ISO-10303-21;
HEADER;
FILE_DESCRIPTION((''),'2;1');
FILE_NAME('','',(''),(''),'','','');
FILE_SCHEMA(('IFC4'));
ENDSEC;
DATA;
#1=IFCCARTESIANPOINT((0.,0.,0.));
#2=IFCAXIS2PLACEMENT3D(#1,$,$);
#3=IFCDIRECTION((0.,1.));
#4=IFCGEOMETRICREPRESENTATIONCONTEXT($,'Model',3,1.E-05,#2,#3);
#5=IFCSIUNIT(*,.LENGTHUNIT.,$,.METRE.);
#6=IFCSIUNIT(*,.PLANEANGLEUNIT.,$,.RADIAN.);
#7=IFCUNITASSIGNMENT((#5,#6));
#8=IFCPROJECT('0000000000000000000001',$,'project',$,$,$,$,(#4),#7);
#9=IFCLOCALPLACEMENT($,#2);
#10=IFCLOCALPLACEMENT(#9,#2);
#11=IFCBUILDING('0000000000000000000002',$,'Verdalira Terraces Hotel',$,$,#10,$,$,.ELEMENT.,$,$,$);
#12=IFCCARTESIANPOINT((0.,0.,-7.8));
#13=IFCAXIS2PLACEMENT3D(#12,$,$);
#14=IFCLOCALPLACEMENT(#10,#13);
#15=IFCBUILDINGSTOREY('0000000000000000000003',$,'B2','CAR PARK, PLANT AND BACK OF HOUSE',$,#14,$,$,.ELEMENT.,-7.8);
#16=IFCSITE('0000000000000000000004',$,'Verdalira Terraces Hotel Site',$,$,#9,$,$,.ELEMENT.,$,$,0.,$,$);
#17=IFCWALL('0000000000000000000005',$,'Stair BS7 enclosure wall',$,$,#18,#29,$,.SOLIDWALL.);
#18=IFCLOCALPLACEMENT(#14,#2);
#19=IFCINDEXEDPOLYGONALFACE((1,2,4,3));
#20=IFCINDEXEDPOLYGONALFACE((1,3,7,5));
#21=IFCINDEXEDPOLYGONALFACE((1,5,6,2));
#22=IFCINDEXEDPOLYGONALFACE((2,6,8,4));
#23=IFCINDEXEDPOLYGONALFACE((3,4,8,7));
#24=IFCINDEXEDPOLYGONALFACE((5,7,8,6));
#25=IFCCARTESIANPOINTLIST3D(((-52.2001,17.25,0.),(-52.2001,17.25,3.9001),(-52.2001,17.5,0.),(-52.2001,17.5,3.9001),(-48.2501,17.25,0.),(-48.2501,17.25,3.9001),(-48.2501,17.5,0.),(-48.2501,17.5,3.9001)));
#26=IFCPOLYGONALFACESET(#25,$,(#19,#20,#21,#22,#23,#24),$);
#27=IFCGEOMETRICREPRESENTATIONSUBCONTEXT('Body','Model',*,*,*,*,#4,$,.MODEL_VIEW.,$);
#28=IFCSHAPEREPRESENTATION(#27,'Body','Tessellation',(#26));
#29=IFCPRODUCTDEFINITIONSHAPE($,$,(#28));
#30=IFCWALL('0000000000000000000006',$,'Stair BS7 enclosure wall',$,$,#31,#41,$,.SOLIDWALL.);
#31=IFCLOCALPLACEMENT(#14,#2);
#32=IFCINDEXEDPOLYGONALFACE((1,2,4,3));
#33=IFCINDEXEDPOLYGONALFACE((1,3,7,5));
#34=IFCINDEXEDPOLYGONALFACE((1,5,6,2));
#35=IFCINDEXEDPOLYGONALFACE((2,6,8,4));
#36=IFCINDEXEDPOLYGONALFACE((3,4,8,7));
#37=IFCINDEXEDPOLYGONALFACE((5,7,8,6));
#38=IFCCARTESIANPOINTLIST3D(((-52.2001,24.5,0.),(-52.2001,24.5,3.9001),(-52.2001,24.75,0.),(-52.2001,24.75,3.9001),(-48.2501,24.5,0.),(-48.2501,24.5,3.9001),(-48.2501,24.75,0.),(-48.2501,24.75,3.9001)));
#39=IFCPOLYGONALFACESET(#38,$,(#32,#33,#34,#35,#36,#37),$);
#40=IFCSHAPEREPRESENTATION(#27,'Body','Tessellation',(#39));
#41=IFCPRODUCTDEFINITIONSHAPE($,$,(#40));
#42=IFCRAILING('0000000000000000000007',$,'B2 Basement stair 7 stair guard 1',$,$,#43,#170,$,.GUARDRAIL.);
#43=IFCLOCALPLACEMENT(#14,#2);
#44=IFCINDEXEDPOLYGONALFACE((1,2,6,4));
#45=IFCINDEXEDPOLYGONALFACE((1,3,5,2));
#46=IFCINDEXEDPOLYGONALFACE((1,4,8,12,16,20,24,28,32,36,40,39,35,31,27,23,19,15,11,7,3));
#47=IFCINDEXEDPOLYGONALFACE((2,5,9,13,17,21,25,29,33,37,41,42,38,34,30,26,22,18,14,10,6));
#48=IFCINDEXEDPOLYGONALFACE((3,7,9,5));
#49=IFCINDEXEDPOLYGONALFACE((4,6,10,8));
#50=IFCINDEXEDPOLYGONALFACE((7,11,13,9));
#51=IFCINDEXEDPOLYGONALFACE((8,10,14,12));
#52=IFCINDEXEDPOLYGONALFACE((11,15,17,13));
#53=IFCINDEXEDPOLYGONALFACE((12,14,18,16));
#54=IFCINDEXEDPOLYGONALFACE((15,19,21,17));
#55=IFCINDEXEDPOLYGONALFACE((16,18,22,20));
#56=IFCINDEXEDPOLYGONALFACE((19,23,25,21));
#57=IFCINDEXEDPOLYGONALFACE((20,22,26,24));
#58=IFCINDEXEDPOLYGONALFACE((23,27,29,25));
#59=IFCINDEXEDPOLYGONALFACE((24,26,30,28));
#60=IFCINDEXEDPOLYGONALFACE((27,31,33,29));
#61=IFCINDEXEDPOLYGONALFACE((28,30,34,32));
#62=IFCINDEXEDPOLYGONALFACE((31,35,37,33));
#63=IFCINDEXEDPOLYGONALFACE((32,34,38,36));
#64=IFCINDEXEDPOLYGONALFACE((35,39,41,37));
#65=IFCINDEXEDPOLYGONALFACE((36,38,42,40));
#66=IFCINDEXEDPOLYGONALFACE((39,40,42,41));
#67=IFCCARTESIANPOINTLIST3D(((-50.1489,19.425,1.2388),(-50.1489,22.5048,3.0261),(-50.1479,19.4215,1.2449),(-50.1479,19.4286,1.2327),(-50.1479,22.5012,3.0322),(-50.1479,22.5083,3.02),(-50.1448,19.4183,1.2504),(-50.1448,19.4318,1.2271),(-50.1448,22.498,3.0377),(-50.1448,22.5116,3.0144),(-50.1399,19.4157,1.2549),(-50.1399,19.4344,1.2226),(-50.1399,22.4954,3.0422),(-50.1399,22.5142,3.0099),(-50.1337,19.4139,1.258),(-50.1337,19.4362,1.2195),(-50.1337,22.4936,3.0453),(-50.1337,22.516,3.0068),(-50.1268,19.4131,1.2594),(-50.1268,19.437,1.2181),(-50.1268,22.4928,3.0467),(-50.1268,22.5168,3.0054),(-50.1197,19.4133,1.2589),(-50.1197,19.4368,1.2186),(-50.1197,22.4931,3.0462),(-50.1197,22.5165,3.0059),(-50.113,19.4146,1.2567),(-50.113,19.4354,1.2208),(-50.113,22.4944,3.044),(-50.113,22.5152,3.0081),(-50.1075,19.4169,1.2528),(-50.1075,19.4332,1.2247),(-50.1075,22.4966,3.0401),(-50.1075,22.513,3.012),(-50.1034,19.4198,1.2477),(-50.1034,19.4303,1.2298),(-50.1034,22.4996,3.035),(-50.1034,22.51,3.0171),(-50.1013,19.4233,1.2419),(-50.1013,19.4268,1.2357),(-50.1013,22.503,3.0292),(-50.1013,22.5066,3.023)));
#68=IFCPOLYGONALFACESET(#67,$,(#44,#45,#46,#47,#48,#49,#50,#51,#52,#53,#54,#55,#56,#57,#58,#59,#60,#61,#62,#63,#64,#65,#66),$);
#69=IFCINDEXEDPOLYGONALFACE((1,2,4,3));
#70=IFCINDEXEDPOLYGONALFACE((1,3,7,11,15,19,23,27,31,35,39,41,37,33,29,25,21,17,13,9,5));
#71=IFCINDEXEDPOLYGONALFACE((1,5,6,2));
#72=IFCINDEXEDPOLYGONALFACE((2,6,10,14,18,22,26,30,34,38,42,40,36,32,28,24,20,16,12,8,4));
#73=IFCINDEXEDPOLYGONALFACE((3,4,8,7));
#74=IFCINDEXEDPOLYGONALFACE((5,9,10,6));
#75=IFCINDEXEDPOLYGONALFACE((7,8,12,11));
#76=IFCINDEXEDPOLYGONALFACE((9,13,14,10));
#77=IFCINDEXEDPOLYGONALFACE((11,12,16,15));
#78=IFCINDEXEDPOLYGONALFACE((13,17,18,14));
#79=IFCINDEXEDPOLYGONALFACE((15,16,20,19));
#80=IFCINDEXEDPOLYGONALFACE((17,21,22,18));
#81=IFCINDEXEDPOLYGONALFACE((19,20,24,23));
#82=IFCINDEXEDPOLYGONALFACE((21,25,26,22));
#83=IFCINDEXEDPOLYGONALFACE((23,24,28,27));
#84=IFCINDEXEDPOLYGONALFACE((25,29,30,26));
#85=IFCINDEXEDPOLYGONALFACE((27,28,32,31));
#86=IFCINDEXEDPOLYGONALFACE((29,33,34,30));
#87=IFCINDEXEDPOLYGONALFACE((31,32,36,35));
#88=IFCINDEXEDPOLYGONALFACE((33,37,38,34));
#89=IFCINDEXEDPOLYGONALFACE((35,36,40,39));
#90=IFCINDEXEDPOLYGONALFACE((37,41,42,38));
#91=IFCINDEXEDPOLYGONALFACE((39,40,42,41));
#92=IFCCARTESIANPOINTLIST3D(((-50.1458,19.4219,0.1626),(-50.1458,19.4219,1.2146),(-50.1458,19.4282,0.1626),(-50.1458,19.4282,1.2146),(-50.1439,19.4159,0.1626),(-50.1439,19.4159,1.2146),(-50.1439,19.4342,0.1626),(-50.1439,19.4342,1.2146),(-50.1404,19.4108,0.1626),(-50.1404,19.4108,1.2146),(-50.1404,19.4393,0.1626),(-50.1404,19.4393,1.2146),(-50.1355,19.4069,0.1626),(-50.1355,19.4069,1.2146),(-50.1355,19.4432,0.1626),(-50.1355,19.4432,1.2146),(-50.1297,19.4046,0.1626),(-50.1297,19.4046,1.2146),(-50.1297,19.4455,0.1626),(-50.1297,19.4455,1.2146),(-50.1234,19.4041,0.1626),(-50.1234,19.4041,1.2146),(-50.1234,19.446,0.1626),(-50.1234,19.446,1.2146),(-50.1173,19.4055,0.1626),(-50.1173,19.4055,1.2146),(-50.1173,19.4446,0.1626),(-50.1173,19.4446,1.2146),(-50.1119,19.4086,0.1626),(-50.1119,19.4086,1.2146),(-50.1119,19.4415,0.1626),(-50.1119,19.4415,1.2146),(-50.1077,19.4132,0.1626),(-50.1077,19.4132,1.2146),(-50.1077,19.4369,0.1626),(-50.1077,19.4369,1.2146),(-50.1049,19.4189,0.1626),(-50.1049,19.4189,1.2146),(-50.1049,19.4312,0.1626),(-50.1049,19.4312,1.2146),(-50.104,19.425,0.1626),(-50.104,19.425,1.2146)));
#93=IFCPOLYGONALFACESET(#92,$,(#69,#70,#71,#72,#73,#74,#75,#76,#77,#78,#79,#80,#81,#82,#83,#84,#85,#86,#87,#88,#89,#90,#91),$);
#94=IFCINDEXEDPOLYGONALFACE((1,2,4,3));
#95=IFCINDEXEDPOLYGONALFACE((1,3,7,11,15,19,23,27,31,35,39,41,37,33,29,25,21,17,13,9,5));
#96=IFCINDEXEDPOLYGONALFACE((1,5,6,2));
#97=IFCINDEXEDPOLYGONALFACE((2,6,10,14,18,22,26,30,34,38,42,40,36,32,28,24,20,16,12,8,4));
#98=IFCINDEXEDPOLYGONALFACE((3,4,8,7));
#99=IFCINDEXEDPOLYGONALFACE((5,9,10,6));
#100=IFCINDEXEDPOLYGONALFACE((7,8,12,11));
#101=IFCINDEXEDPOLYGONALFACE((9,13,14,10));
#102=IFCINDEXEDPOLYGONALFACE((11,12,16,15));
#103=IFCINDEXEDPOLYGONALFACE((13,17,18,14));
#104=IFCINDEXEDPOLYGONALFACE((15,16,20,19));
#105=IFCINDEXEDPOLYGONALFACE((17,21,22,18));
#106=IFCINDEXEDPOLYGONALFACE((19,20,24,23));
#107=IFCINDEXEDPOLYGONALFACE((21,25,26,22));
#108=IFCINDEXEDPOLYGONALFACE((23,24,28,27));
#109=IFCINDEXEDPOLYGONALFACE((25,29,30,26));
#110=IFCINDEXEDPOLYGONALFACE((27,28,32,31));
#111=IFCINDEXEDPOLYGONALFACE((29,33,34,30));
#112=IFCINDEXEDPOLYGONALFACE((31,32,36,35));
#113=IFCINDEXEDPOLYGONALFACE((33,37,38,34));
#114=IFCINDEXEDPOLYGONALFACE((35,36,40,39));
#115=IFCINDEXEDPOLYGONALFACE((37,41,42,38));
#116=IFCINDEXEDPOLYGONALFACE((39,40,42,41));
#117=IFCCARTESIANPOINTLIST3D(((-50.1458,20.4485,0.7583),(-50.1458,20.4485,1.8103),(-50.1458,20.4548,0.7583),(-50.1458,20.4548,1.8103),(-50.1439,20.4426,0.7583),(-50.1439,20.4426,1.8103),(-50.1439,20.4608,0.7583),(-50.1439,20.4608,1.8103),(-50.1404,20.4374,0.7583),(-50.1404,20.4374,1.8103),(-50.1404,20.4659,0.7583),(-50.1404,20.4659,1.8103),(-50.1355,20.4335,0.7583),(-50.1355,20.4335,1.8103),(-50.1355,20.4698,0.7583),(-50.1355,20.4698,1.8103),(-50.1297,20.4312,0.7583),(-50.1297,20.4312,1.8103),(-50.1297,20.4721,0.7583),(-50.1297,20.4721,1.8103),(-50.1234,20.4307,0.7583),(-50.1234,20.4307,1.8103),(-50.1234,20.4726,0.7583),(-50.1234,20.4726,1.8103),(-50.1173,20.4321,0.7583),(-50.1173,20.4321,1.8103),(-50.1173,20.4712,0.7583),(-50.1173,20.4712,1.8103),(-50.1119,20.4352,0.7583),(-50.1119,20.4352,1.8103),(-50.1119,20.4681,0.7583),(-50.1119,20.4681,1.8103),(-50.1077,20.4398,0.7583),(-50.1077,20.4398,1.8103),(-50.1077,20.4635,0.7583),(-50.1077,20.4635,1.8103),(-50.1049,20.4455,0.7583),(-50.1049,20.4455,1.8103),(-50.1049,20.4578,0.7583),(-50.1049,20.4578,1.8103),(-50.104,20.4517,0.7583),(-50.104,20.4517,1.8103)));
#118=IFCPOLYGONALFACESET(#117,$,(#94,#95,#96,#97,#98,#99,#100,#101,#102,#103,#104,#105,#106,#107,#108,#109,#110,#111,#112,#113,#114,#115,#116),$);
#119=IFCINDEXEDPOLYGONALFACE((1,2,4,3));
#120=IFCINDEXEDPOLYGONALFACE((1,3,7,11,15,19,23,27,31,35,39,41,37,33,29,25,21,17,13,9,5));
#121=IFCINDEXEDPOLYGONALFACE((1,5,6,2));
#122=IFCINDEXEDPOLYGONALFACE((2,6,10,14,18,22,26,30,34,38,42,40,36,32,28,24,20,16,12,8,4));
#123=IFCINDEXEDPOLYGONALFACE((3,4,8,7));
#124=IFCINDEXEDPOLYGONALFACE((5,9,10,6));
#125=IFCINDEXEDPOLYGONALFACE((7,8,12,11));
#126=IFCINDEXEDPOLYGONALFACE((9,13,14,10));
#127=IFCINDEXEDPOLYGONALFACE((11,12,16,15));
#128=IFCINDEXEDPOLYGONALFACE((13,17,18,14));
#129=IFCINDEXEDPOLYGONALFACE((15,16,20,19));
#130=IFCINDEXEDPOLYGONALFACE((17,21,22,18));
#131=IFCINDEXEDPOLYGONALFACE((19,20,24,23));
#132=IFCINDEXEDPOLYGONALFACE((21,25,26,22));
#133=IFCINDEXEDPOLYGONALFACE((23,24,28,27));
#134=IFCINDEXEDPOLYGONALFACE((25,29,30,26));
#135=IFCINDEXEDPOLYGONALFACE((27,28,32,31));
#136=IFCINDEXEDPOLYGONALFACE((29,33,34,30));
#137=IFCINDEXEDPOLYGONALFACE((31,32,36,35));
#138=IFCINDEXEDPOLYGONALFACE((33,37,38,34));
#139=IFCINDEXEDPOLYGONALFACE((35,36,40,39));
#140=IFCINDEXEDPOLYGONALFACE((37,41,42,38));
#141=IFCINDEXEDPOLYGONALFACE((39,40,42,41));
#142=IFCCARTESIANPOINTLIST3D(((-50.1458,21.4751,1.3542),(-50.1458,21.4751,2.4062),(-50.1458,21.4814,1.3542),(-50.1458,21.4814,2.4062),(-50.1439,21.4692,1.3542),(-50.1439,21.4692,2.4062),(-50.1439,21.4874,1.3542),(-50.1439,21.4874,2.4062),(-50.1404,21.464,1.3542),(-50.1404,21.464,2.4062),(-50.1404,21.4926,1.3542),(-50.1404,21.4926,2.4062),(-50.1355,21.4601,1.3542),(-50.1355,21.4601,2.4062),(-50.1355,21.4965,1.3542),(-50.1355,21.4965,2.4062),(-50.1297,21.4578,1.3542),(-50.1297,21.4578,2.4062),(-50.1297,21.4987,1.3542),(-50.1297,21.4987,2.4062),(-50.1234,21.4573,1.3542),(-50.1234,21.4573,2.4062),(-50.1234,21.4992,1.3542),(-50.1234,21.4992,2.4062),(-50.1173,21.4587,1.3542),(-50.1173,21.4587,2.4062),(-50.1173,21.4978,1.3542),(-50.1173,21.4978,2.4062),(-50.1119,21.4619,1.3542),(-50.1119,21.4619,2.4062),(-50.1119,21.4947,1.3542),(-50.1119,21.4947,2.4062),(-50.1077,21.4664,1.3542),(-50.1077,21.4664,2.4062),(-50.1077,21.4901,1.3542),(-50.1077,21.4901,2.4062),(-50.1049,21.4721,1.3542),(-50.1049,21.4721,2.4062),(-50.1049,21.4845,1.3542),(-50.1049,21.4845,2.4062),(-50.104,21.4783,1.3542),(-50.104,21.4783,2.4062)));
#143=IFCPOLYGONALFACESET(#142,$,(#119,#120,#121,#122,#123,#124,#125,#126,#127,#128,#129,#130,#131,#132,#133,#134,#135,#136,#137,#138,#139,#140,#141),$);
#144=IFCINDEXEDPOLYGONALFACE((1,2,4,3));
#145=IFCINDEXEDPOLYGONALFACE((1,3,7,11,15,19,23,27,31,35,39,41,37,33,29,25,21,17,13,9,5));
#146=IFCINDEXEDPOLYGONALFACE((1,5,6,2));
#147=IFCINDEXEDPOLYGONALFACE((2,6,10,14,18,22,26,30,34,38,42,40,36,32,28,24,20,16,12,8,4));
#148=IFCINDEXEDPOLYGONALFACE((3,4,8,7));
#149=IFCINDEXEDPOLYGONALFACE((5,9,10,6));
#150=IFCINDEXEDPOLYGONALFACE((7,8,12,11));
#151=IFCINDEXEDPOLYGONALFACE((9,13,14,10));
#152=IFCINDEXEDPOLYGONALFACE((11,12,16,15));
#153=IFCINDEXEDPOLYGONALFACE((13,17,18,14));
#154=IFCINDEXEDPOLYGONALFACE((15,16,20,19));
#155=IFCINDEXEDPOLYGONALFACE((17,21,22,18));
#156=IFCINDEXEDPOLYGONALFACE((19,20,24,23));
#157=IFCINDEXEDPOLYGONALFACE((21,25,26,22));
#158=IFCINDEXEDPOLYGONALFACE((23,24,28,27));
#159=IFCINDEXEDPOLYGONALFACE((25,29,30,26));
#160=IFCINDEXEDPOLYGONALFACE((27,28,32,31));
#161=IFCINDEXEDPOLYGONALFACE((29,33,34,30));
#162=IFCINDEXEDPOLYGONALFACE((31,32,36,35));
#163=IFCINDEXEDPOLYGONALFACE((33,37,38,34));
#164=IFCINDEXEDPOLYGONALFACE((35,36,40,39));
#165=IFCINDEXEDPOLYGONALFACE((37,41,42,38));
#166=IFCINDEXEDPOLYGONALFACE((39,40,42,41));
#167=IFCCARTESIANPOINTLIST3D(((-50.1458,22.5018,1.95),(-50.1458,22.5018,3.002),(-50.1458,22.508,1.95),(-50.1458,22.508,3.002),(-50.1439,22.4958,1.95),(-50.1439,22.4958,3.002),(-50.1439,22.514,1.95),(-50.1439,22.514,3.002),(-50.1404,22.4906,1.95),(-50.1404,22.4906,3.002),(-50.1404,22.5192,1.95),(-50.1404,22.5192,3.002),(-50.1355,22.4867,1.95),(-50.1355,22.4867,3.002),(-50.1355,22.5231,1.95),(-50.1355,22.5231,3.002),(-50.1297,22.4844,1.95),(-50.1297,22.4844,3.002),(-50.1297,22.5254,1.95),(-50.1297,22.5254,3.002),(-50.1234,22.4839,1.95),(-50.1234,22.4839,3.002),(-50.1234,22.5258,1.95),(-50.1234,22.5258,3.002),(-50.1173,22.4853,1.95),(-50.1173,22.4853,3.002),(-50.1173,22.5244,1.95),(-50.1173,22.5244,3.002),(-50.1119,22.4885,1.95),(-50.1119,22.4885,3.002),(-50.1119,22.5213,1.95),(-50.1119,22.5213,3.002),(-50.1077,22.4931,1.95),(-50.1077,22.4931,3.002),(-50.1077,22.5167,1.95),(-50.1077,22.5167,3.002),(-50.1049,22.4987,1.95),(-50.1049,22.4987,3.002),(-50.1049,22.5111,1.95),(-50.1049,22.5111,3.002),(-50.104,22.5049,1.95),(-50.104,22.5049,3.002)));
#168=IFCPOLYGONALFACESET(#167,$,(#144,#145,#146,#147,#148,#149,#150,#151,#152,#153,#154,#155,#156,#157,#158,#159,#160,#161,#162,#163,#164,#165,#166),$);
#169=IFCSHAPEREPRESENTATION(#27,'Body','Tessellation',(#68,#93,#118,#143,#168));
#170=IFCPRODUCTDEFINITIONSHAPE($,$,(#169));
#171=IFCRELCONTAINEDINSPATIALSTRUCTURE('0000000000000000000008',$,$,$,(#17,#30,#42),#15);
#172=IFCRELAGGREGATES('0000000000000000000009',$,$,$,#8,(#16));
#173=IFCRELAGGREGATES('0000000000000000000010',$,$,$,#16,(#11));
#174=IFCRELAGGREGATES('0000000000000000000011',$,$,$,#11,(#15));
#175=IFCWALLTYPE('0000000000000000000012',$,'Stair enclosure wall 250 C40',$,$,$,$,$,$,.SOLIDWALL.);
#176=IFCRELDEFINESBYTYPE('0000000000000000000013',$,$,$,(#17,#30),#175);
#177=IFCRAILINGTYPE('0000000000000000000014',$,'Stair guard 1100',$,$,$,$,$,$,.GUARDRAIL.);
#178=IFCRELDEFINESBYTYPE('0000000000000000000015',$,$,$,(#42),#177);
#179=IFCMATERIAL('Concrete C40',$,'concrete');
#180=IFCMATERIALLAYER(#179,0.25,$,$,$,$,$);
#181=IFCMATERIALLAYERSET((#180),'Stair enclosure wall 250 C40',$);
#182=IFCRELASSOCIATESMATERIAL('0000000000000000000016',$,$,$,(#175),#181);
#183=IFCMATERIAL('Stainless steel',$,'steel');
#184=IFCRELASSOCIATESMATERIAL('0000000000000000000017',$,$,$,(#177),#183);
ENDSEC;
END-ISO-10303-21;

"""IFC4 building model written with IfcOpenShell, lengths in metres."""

from ifc_helpers import new_model, si_unit, direction, frame, frame_2d, origin, origin_2d, place, context, subcontext, project, spatial, rectangle, circle, extrude, material, layer, layer_set, type_object, element, save


model = new_model("IFC4")

# Units and contexts
model_context = context("Model", 3, precision=1e-05, world=origin(), true_north=direction((0.0, 1.0)))
body_context = subcontext(model_context, "Body", "Model", "MODEL_VIEW")
ifc_project = project(units=[si_unit("LENGTHUNIT", "METRE"), si_unit("PLANEANGLEUNIT", "RADIAN")], contexts=[model_context])

# Site, building, storey
site_placement = place(None, origin())
site = spatial("IfcSite", under=ifc_project, at=site_placement, Name="Verdalira Terraces Hotel Site", CompositionType="ELEMENT", RefElevation=0.0)
building_placement = place(site_placement, origin())
building = spatial("IfcBuilding", under=site, at=building_placement, Name="Verdalira Terraces Hotel", CompositionType="ELEMENT")
storey_placement = place(building_placement, frame((0.0, 0.0, -7.8)))
storey = spatial("IfcBuildingStorey", under=building, at=storey_placement, Name="B2", Description="CAR PARK, PLANT AND BACK OF HOUSE", CompositionType="ELEMENT", Elevation=-7.8)

# Shared definitions
ifc_material_1 = material(Name="Concrete C40", Category="concrete")
ifc_layer = layer(ifc_material_1, 0.25)
ifc_layer_set = layer_set([ifc_layer], Name="Stair enclosure wall 250 C40")
wall_type = type_object("IfcWallType", Name="Stair enclosure wall 250 C40", PredefinedType="SOLIDWALL", material=ifc_layer_set)

# Walls
for number, where, z_axis, x_axis, name in (
    (1, (-48.25, 17.375, 0.0), (0.0, 0.0, 1.0), (-1.0, 0.0, 0.0), "Stair BS7 enclosure wall"),
    (2, (-48.25, 24.625, 0.0), (0.0, 0.0, 1.0), (-1.0, 0.0, 0.0), "Stair BS7 enclosure wall"),
):
    element("IfcWall", number, at=place(storey_placement, frame(where, z_axis=z_axis, x_axis=x_axis)), inside=storey, type_object=wall_type, Name=name, PredefinedType="SOLIDWALL", context=body_context, shape_type="SweptSolid", body=[
        extrude(rectangle(XDim=3.95, YDim=0.25, at=frame_2d((1.9751, 0.0))), origin(), (0.0, 0.0, 1.0), 3.9001),
    ])

# Railing
ifc_material_2 = material(Name="Stainless steel", Category="steel")
railing_type_1 = type_object("IfcRailingType", Name="Stair guard 1100", PredefinedType="GUARDRAIL", material=ifc_material_2)
railing_1_placement = place(storey_placement, frame((-50.125, 19.425, 0.1626)))
element("IfcRailing", 3, at=railing_1_placement, inside=storey, type_object=railing_type_1, Name="B2 Basement stair 7 stair guard 1", PredefinedType="GUARDRAIL", context=body_context, shape_type="SweptSolid", body=[
    extrude(circle(Radius=0.0239, at=origin_2d()), frame((0.0, 0.0, 1.0762), z_axis=(0.0, 0.864903, 0.501939), x_axis=(-1.0, 0.0, 0.0)), (0.0, 0.0, 1.0), 3.5608),
    extrude(circle(Radius=0.021, at=origin_2d()), origin(), (0.0, 0.0, 1.0), 1.052),
    extrude(circle(Radius=0.021, at=origin_2d()), frame((0.0, 1.0266, 0.5957)), (0.0, 0.0, 1.0), 1.052),
    extrude(circle(Radius=0.021, at=origin_2d()), frame((0.0, 2.0532, 1.1917)), (0.0, 0.0, 1.0), 1.052),
    extrude(circle(Radius=0.021, at=origin_2d()), frame((0.0, 3.0798, 1.7874)), (0.0, 0.0, 1.0), 1.052),
])

save(model, "model.ifc")
